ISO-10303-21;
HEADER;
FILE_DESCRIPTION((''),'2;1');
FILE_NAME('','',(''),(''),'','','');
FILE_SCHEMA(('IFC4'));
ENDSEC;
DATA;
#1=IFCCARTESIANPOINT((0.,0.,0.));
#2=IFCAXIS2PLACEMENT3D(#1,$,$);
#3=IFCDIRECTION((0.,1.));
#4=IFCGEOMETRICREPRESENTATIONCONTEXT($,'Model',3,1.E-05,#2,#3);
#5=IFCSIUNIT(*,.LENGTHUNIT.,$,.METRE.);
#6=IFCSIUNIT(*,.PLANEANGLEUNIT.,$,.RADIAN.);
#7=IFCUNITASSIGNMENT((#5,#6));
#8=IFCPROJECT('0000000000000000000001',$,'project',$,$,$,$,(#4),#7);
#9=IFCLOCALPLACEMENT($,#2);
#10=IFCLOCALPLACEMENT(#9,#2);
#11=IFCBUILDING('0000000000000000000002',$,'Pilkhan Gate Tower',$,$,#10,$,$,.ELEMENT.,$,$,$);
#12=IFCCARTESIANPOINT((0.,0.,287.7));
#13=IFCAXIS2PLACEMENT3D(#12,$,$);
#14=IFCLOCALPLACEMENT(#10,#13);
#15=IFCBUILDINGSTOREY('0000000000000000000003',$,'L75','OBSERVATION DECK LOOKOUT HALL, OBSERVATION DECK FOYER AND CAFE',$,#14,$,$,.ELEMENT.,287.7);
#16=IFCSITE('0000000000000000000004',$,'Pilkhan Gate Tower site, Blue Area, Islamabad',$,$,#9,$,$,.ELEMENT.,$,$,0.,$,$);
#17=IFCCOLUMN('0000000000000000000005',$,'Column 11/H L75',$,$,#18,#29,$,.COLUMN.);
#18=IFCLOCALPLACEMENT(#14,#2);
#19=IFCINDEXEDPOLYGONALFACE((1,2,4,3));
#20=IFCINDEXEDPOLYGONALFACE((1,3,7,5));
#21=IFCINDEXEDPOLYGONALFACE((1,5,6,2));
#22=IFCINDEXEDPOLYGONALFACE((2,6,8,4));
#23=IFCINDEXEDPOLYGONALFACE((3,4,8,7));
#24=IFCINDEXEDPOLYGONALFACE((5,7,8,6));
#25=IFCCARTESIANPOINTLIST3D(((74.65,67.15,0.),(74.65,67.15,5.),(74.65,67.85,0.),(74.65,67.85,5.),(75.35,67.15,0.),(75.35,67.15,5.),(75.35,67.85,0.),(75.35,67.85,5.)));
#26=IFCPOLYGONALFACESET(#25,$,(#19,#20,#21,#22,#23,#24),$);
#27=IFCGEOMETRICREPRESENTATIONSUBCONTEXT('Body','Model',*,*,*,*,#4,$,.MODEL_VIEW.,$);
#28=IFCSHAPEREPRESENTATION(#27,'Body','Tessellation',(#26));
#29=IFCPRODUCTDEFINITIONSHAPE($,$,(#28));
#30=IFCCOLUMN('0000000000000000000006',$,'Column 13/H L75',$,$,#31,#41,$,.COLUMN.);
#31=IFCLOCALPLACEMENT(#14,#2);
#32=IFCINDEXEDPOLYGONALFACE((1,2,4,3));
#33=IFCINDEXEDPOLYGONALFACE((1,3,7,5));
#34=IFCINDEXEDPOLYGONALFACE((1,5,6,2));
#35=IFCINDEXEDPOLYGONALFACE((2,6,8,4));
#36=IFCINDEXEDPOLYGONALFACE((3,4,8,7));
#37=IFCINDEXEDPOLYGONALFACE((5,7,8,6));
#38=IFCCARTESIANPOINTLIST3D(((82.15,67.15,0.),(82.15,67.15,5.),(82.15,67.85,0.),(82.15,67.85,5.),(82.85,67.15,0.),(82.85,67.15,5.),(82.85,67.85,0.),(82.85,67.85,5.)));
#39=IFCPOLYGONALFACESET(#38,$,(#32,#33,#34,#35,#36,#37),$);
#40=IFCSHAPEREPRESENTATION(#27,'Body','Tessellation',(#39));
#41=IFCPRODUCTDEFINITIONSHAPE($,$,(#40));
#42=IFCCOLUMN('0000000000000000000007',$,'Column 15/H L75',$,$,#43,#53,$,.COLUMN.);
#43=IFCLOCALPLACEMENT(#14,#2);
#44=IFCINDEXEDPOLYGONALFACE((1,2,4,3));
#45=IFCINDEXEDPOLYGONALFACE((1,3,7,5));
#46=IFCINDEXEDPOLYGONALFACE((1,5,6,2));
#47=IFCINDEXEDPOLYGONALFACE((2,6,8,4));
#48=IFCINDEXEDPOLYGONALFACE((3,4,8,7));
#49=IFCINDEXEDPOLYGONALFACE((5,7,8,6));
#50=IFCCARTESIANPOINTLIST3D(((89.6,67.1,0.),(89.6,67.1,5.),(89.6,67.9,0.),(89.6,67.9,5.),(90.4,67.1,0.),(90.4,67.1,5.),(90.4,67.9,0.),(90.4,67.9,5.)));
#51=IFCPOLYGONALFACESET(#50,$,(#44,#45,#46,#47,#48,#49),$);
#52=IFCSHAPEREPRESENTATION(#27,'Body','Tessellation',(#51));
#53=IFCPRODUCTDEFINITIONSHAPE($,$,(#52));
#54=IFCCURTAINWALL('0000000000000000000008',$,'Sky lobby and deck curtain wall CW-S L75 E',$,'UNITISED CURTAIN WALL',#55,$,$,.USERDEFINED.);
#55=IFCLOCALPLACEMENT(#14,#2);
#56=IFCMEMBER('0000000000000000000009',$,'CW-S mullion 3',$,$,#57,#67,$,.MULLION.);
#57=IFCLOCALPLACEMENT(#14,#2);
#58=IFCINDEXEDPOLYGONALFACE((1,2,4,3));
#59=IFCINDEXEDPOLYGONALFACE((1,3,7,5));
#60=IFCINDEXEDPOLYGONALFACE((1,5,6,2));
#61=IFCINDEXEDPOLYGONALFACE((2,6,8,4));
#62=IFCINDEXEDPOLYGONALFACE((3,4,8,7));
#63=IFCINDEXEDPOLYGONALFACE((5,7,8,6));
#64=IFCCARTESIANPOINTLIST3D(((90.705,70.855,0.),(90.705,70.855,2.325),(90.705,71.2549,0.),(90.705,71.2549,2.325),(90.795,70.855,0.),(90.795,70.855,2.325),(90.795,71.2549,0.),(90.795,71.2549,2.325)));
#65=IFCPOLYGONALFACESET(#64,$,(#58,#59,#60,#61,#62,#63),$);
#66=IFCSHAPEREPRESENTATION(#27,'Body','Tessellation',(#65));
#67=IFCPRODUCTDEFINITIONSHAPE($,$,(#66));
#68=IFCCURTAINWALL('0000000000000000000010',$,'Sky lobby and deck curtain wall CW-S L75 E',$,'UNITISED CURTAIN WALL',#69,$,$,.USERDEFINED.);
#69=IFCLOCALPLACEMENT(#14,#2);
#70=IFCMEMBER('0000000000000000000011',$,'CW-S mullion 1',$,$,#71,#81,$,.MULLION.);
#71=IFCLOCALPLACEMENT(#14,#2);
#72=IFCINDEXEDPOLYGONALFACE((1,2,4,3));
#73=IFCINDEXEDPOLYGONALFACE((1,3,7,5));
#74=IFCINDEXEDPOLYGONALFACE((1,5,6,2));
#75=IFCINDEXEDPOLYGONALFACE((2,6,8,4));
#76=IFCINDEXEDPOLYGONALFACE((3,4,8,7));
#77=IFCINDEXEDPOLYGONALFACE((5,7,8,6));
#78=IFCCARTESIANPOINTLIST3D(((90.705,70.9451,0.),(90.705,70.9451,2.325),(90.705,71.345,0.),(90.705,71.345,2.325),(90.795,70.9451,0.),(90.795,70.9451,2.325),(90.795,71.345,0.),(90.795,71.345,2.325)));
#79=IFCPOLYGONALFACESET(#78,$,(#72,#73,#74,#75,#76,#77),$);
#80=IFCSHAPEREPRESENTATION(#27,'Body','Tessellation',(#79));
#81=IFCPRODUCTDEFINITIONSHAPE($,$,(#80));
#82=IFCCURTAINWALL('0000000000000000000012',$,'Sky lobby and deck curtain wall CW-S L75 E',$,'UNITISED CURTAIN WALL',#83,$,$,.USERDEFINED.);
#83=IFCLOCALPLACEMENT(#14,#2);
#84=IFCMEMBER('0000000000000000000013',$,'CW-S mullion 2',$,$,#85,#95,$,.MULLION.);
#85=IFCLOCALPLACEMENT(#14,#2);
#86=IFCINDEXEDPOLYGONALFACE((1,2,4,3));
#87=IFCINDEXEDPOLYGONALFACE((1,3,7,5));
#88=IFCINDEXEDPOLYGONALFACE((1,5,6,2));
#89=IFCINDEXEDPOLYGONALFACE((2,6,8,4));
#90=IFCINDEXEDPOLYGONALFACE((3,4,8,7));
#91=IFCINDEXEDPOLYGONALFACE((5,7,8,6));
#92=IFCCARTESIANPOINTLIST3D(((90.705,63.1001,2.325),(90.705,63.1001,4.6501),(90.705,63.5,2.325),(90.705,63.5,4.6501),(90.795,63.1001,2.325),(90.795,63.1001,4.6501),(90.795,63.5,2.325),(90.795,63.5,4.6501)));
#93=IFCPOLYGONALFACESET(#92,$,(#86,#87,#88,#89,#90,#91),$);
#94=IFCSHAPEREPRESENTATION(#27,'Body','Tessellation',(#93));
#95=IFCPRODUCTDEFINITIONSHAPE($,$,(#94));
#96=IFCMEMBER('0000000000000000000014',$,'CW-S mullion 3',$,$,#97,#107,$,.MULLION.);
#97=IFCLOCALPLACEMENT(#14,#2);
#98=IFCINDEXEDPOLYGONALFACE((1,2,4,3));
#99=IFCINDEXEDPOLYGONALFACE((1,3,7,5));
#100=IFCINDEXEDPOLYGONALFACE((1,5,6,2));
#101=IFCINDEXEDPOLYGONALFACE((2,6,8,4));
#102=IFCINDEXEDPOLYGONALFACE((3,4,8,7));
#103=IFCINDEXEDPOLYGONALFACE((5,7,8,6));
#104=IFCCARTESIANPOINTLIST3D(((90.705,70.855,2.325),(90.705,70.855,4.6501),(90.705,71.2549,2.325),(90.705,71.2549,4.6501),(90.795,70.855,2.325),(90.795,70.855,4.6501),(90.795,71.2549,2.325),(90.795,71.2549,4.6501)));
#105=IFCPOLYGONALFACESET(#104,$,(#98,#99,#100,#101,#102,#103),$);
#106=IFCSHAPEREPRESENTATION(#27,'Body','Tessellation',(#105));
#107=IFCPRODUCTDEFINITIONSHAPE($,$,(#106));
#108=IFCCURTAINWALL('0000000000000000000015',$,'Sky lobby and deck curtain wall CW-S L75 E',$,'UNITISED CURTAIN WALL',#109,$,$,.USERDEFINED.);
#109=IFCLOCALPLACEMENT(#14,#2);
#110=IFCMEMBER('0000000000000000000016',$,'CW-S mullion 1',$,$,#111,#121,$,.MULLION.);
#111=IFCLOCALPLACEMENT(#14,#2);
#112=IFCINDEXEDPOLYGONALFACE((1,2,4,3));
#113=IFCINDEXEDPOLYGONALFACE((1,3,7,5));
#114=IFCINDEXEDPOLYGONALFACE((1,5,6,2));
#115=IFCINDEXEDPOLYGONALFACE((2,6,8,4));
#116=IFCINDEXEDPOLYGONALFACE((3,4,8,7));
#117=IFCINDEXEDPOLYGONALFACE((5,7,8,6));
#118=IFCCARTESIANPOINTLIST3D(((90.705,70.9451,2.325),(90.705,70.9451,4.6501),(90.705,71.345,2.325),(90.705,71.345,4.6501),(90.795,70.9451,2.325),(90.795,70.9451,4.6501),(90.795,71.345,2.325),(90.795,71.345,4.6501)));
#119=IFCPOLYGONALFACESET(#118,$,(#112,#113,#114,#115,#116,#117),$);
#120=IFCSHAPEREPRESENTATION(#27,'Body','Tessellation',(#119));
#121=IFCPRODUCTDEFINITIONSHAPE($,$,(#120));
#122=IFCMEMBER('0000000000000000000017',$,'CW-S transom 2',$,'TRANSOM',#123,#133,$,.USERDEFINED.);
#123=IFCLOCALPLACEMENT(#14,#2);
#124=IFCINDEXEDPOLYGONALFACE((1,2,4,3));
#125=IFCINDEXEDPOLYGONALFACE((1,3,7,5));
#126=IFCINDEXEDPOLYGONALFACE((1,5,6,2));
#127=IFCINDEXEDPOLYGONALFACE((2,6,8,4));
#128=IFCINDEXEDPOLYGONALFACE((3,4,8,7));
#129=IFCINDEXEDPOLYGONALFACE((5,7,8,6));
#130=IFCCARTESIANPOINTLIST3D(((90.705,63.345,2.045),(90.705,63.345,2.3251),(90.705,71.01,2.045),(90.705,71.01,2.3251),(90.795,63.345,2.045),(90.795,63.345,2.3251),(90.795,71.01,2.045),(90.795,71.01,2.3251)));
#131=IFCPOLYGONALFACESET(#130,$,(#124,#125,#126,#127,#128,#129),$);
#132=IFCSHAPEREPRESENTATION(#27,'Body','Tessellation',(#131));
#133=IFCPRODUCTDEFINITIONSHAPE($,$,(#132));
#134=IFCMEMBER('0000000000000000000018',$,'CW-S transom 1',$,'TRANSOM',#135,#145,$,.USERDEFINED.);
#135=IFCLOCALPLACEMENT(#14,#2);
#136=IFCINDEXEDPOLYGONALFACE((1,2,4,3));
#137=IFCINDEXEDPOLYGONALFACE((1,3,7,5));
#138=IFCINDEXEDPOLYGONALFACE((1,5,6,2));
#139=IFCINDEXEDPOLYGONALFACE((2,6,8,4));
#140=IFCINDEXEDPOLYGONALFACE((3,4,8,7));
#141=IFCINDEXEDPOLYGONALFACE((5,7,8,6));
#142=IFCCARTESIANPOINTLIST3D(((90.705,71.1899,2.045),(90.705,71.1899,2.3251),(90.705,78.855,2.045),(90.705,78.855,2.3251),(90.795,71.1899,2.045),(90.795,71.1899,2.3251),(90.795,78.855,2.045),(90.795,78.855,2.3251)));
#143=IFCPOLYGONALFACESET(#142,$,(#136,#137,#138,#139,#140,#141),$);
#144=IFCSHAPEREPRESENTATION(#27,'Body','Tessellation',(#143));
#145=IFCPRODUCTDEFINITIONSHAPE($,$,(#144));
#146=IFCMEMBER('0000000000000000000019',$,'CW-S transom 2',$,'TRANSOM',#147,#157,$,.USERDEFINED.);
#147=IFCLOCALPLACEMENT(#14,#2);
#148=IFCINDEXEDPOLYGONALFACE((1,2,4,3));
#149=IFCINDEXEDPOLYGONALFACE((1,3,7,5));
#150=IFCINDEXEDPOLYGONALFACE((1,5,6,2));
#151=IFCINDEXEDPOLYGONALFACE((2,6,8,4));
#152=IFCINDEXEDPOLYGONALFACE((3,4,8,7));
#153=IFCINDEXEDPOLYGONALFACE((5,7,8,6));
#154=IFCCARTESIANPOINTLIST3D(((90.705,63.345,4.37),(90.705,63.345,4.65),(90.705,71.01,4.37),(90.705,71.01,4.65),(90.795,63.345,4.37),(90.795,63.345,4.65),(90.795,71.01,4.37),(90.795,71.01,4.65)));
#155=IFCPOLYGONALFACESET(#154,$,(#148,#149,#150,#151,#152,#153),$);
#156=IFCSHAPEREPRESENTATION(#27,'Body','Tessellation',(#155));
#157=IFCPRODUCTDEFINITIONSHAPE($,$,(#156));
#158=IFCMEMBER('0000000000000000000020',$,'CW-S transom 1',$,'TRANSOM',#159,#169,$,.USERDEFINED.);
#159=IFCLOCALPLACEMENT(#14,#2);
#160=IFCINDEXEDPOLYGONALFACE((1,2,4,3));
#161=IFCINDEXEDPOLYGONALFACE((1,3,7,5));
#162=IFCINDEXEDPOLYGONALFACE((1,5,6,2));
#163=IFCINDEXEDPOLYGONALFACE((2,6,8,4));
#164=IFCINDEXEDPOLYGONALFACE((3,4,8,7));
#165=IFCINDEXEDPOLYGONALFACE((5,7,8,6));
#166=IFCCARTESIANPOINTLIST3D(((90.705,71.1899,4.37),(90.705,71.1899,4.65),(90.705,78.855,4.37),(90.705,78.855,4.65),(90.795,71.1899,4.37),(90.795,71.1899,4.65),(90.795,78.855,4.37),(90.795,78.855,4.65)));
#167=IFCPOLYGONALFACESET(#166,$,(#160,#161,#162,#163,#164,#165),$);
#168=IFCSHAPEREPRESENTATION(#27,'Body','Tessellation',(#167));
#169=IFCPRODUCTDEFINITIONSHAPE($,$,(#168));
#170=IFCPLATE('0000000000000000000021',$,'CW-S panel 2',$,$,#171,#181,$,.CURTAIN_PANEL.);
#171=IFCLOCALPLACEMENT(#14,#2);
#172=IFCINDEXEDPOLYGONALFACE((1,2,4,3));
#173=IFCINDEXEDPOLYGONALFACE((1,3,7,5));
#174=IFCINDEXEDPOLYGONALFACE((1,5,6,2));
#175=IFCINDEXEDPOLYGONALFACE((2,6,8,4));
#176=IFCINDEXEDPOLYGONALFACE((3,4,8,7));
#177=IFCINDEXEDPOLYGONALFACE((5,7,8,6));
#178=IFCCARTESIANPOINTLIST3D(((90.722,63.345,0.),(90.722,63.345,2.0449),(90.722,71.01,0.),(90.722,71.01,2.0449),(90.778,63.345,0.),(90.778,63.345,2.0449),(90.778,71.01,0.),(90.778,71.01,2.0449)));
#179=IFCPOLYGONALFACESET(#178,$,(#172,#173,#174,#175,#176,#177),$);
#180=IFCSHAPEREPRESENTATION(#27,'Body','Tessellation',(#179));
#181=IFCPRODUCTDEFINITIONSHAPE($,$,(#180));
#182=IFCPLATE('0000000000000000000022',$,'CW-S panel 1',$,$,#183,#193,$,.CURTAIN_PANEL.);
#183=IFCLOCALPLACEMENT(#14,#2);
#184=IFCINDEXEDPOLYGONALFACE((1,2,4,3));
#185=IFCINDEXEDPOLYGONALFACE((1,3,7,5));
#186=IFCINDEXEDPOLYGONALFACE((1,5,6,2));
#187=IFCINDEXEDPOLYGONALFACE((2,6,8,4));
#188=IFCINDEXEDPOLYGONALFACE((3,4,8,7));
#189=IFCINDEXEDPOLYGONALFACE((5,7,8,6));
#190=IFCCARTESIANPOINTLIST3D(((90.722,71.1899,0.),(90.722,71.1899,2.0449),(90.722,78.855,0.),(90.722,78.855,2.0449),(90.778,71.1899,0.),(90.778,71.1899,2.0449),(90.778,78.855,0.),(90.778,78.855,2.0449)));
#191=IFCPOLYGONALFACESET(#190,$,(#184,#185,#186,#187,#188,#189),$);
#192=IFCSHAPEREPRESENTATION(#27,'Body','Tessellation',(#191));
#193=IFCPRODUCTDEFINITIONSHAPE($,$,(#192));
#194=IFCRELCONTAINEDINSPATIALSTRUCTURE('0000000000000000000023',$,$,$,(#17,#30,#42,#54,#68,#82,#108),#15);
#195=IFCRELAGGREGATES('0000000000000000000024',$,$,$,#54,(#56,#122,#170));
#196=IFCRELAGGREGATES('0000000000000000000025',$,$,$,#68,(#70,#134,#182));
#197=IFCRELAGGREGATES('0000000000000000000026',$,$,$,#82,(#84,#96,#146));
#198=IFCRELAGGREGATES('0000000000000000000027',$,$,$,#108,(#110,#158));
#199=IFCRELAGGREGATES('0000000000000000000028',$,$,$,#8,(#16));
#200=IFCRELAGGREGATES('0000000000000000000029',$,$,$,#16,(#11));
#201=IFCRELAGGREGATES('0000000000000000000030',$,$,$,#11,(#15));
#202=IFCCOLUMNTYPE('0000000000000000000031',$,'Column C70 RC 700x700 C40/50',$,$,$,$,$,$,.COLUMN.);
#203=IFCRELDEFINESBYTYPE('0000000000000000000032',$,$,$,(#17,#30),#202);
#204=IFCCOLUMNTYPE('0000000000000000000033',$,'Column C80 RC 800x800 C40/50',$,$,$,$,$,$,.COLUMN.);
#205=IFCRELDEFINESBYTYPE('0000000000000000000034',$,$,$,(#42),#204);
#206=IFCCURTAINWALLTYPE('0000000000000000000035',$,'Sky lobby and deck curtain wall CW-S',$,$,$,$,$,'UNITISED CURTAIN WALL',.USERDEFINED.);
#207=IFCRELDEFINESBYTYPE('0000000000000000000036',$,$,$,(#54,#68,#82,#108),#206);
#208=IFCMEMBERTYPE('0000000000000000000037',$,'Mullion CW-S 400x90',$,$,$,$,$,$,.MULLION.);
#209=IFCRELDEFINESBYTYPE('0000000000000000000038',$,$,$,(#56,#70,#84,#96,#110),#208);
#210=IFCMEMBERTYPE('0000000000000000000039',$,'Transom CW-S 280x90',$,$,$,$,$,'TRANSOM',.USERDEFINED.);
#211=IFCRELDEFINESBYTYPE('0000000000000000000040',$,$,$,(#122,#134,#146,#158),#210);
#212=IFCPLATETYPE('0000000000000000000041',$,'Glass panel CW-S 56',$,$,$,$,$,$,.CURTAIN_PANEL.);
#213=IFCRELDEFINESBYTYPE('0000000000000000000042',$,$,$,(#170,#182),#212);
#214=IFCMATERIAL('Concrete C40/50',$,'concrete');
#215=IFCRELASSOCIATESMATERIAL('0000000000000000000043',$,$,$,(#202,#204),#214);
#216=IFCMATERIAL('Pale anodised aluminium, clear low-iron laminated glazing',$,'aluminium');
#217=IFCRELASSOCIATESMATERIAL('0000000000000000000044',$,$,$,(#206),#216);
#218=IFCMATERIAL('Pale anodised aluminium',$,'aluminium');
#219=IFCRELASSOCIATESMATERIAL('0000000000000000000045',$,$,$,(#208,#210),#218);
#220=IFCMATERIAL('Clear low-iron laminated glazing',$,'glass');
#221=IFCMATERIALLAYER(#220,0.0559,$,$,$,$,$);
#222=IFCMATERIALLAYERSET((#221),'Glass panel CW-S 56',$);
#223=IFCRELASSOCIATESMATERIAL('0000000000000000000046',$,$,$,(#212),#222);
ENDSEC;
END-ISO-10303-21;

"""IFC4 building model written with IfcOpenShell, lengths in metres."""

from ifc_helpers import new_model, si_unit, direction, frame, origin, origin_2d, place, context, subcontext, project, spatial, rectangle, extrude, material, layer, layer_set, material_profile, profile_set, type_object, element, aggregate, save


model = new_model("IFC4")

# Units and contexts
model_context = context("Model", 3, precision=1e-05, world=origin(), true_north=direction((0.0, 1.0)))
body_context = subcontext(model_context, "Body", "Model", "MODEL_VIEW")
ifc_project = project(units=[si_unit("LENGTHUNIT", "METRE"), si_unit("PLANEANGLEUNIT", "RADIAN")], contexts=[model_context])

# Site, building, storey
site_placement = place(None, origin())
site = spatial("IfcSite", under=ifc_project, at=site_placement, Name="Pilkhan Gate Tower site, Blue Area, Islamabad", CompositionType="ELEMENT", RefElevation=0.0)
building_placement = place(site_placement, origin())
building = spatial("IfcBuilding", under=site, at=building_placement, Name="Pilkhan Gate Tower", CompositionType="ELEMENT")
storey_placement = place(building_placement, frame((0.0, 0.0, 287.7)))
storey = spatial("IfcBuildingStorey", under=building, at=storey_placement, Name="L75", Description="OBSERVATION DECK LOOKOUT HALL, OBSERVATION DECK FOYER AND CAFE", CompositionType="ELEMENT", Elevation=287.7)

# Columns
ifc_material_1 = material(Name="Concrete C40/50", Category="concrete")
ifc_material_profile_1 = material_profile(ifc_material_1, rectangle(XDim=0.7, YDim=0.7, at=origin_2d()), Name="RC 700x700")
ifc_profile_set_1 = profile_set([ifc_material_profile_1], Name="Concrete C40/50")
column_type_1 = type_object("IfcColumnType", Name="Column C70 RC 700x700 C40/50", PredefinedType="COLUMN", material=ifc_profile_set_1)
for number, where, z_axis, x_axis, name in (
    (1, (75.0, 67.5, 0.0), (0.0, 0.0, 1.0), (1.0, 0.0, 0.0), "Column 11/H L75"),
    (2, (82.5, 67.5, 0.0), (0.0, 0.0, 1.0), (1.0, 0.0, 0.0), "Column 13/H L75"),
):
    element("IfcColumn", number, at=place(storey_placement, frame(where, z_axis=z_axis, x_axis=x_axis)), inside=storey, type_object=column_type_1, Name=name, PredefinedType="COLUMN", context=body_context, shape_type="SweptSolid", body=[
        extrude(rectangle(XDim=0.7, YDim=0.7, at=origin_2d()), origin(), (0.0, 0.0, 1.0), 5.0),
    ])
ifc_material_profile_2 = material_profile(ifc_material_1, rectangle(XDim=0.8, YDim=0.8, at=origin_2d()), Name="RC 800x800")
ifc_profile_set_2 = profile_set([ifc_material_profile_2], Name="Concrete C40/50")
column_type_2 = type_object("IfcColumnType", Name="Column C80 RC 800x800 C40/50", PredefinedType="COLUMN", material=ifc_profile_set_2)
column_placement = place(storey_placement, frame((90.0, 67.5, 0.0), z_axis=(0.0, 0.0, 1.0), x_axis=(1.0, 0.0, 0.0)))
element("IfcColumn", 3, at=column_placement, inside=storey, type_object=column_type_2, Name="Column 15/H L75", PredefinedType="COLUMN", context=body_context, shape_type="SweptSolid", body=[
    extrude(rectangle(XDim=0.8, YDim=0.8, at=origin_2d()), origin(), (0.0, 0.0, 1.0), 5.0),
])

# Curtain walls, members
ifc_material_2 = material(Name="Pale anodised aluminium, clear low-iron laminated glazing", Category="aluminium")
curtain_wall_type = type_object("IfcCurtainWallType", Name="Sky lobby and deck curtain wall CW-S", ElementType="UNITISED CURTAIN WALL", PredefinedType="USERDEFINED", material=ifc_material_2)
curtain_wall_1_placement = place(storey_placement, origin())
curtain_wall_1 = element("IfcCurtainWall", 4, at=curtain_wall_1_placement, inside=storey, type_object=curtain_wall_type, Name="Sky lobby and deck curtain wall CW-S L75 E", ObjectType="UNITISED CURTAIN WALL", PredefinedType="USERDEFINED")
ifc_material_3 = material(Name="Pale anodised aluminium", Category="aluminium")
ifc_material_profile_3 = material_profile(ifc_material_3, rectangle(XDim=0.0901, YDim=0.3999, at=origin_2d()), Name="Mullion 400x90")
ifc_profile_set_3 = profile_set([ifc_material_profile_3], Name="Pale anodised aluminium")
member_type_1 = type_object("IfcMemberType", Name="Mullion CW-S 400x90", PredefinedType="MULLION", material=ifc_profile_set_3)
member_1_placement = place(storey_placement, frame((90.75, 71.0549, 0.0), z_axis=(0.0, 0.0, 1.0), x_axis=(-1.0, 0.0, 0.0)))
member_1 = element("IfcMember", 5, at=member_1_placement, type_object=member_type_1, Name="CW-S mullion 3", PredefinedType="MULLION", context=body_context, shape_type="SweptSolid", body=[
    extrude(rectangle(XDim=0.0901, YDim=0.3999, at=origin_2d()), origin(), (0.0, 0.0, 1.0), 2.325),
])
curtain_wall_2_placement = place(storey_placement, origin())
curtain_wall_2 = element("IfcCurtainWall", 6, at=curtain_wall_2_placement, inside=storey, type_object=curtain_wall_type, Name="Sky lobby and deck curtain wall CW-S L75 E", ObjectType="UNITISED CURTAIN WALL", PredefinedType="USERDEFINED")
member_2_placement = place(storey_placement, frame((90.75, 71.145, 0.0), z_axis=(0.0, 0.0, 1.0), x_axis=(-1.0, 0.0, 0.0)))
member_2 = element("IfcMember", 7, at=member_2_placement, type_object=member_type_1, Name="CW-S mullion 1", PredefinedType="MULLION", context=body_context, shape_type="SweptSolid", body=[
    extrude(rectangle(XDim=0.0901, YDim=0.3999, at=origin_2d()), origin(), (0.0, 0.0, 1.0), 2.325),
])

# Curtain wall, members
curtain_wall_3_placement = place(storey_placement, origin())
curtain_wall_3 = element("IfcCurtainWall", 8, at=curtain_wall_3_placement, inside=storey, type_object=curtain_wall_type, Name="Sky lobby and deck curtain wall CW-S L75 E", ObjectType="UNITISED CURTAIN WALL", PredefinedType="USERDEFINED")
member_3_placement = place(storey_placement, frame((90.75, 63.3, 2.325), z_axis=(0.0, 0.0, 1.0), x_axis=(-1.0, 0.0, 0.0)))
member_3 = element("IfcMember", 9, at=member_3_placement, type_object=member_type_1, Name="CW-S mullion 2", PredefinedType="MULLION", context=body_context, shape_type="SweptSolid", body=[
    extrude(rectangle(XDim=0.0901, YDim=0.3999, at=origin_2d()), origin(), (0.0, 0.0, 1.0), 2.3252),
])
member_4_placement = place(storey_placement, frame((90.75, 71.0549, 2.325), z_axis=(0.0, 0.0, 1.0), x_axis=(-1.0, 0.0, 0.0)))
member_4 = element("IfcMember", 10, at=member_4_placement, type_object=member_type_1, Name="CW-S mullion 3", PredefinedType="MULLION", context=body_context, shape_type="SweptSolid", body=[
    extrude(rectangle(XDim=0.0901, YDim=0.3999, at=origin_2d()), origin(), (0.0, 0.0, 1.0), 2.3252),
])

# Curtain wall, member
curtain_wall_4_placement = place(storey_placement, origin())
curtain_wall_4 = element("IfcCurtainWall", 11, at=curtain_wall_4_placement, inside=storey, type_object=curtain_wall_type, Name="Sky lobby and deck curtain wall CW-S L75 E", ObjectType="UNITISED CURTAIN WALL", PredefinedType="USERDEFINED")
member_5_placement = place(storey_placement, frame((90.75, 71.145, 2.325), z_axis=(0.0, 0.0, 1.0), x_axis=(-1.0, 0.0, 0.0)))
member_5 = element("IfcMember", 12, at=member_5_placement, type_object=member_type_1, Name="CW-S mullion 1", PredefinedType="MULLION", context=body_context, shape_type="SweptSolid", body=[
    extrude(rectangle(XDim=0.0901, YDim=0.3999, at=origin_2d()), origin(), (0.0, 0.0, 1.0), 2.3252),
])

# Members
ifc_material_profile_4 = material_profile(ifc_material_3, rectangle(XDim=0.0901, YDim=0.28, at=origin_2d()), Name="Transom 280x90")
ifc_profile_set_4 = profile_set([ifc_material_profile_4], Name="Pale anodised aluminium")
member_type_2 = type_object("IfcMemberType", Name="Transom CW-S 280x90", ElementType="TRANSOM", PredefinedType="USERDEFINED", material=ifc_profile_set_4)
member_6_placement = place(storey_placement, frame((90.75, 63.345, 2.1851), z_axis=(0.0, 1.0, 0.0), x_axis=(-1.0, 0.0, 0.0)))
member_6 = element("IfcMember", 13, at=member_6_placement, type_object=member_type_2, Name="CW-S transom 2", ObjectType="TRANSOM", PredefinedType="USERDEFINED", context=body_context, shape_type="SweptSolid", body=[
    extrude(rectangle(XDim=0.0901, YDim=0.28, at=origin_2d()), origin(), (0.0, 0.0, 1.0), 7.665),
])
member_7_placement = place(storey_placement, frame((90.75, 71.1899, 2.1851), z_axis=(0.0, 1.0, 0.0), x_axis=(-1.0, 0.0, 0.0)))
member_7 = element("IfcMember", 14, at=member_7_placement, type_object=member_type_2, Name="CW-S transom 1", ObjectType="TRANSOM", PredefinedType="USERDEFINED", context=body_context, shape_type="SweptSolid", body=[
    extrude(rectangle(XDim=0.0901, YDim=0.28, at=origin_2d()), origin(), (0.0, 0.0, 1.0), 7.665),
])
member_8_placement = place(storey_placement, frame((90.75, 63.345, 4.51), z_axis=(0.0, 1.0, 0.0), x_axis=(-1.0, 0.0, 0.0)))
member_8 = element("IfcMember", 15, at=member_8_placement, type_object=member_type_2, Name="CW-S transom 2", ObjectType="TRANSOM", PredefinedType="USERDEFINED", context=body_context, shape_type="SweptSolid", body=[
    extrude(rectangle(XDim=0.0901, YDim=0.28, at=origin_2d()), origin(), (0.0, 0.0, 1.0), 7.665),
])
member_9_placement = place(storey_placement, frame((90.75, 71.1899, 4.51), z_axis=(0.0, 1.0, 0.0), x_axis=(-1.0, 0.0, 0.0)))
member_9 = element("IfcMember", 16, at=member_9_placement, type_object=member_type_2, Name="CW-S transom 1", ObjectType="TRANSOM", PredefinedType="USERDEFINED", context=body_context, shape_type="SweptSolid", body=[
    extrude(rectangle(XDim=0.0901, YDim=0.28, at=origin_2d()), origin(), (0.0, 0.0, 1.0), 7.665),
])

# Plates
ifc_material_4 = material(Name="Clear low-iron laminated glazing", Category="glass")
ifc_layer_1 = layer(ifc_material_4, 0.0559)
ifc_layer_set_1 = layer_set([ifc_layer_1], Name="Glass panel CW-S 56")
plate_type = type_object("IfcPlateType", Name="Glass panel CW-S 56", PredefinedType="CURTAIN_PANEL", material=ifc_layer_set_1)
plate_1_placement = place(storey_placement, frame((90.75, 67.1775, 0.0), z_axis=(0.0, 0.0, 1.0), x_axis=(0.0, 1.0, 0.0)))
plate_1 = element("IfcPlate", 17, at=plate_1_placement, type_object=plate_type, Name="CW-S panel 2", PredefinedType="CURTAIN_PANEL", context=body_context, shape_type="SweptSolid", body=[
    extrude(rectangle(XDim=7.665, YDim=0.0559, at=origin_2d()), origin(), (0.0, 0.0, 1.0), 2.0449),
])
aggregate(curtain_wall_1, [member_1, member_6, plate_1])
plate_2_placement = place(storey_placement, frame((90.75, 75.0225, 0.0), z_axis=(0.0, 0.0, 1.0), x_axis=(0.0, 1.0, 0.0)))
plate_2 = element("IfcPlate", 18, at=plate_2_placement, type_object=plate_type, Name="CW-S panel 1", PredefinedType="CURTAIN_PANEL", context=body_context, shape_type="SweptSolid", body=[
    extrude(rectangle(XDim=7.665, YDim=0.0559, at=origin_2d()), origin(), (0.0, 0.0, 1.0), 2.0449),
])
aggregate(curtain_wall_2, [member_2, member_7, plate_2])
aggregate(curtain_wall_3, [member_3, member_4, member_8])
aggregate(curtain_wall_4, [member_5, member_9])

save(model, "model.ifc")
